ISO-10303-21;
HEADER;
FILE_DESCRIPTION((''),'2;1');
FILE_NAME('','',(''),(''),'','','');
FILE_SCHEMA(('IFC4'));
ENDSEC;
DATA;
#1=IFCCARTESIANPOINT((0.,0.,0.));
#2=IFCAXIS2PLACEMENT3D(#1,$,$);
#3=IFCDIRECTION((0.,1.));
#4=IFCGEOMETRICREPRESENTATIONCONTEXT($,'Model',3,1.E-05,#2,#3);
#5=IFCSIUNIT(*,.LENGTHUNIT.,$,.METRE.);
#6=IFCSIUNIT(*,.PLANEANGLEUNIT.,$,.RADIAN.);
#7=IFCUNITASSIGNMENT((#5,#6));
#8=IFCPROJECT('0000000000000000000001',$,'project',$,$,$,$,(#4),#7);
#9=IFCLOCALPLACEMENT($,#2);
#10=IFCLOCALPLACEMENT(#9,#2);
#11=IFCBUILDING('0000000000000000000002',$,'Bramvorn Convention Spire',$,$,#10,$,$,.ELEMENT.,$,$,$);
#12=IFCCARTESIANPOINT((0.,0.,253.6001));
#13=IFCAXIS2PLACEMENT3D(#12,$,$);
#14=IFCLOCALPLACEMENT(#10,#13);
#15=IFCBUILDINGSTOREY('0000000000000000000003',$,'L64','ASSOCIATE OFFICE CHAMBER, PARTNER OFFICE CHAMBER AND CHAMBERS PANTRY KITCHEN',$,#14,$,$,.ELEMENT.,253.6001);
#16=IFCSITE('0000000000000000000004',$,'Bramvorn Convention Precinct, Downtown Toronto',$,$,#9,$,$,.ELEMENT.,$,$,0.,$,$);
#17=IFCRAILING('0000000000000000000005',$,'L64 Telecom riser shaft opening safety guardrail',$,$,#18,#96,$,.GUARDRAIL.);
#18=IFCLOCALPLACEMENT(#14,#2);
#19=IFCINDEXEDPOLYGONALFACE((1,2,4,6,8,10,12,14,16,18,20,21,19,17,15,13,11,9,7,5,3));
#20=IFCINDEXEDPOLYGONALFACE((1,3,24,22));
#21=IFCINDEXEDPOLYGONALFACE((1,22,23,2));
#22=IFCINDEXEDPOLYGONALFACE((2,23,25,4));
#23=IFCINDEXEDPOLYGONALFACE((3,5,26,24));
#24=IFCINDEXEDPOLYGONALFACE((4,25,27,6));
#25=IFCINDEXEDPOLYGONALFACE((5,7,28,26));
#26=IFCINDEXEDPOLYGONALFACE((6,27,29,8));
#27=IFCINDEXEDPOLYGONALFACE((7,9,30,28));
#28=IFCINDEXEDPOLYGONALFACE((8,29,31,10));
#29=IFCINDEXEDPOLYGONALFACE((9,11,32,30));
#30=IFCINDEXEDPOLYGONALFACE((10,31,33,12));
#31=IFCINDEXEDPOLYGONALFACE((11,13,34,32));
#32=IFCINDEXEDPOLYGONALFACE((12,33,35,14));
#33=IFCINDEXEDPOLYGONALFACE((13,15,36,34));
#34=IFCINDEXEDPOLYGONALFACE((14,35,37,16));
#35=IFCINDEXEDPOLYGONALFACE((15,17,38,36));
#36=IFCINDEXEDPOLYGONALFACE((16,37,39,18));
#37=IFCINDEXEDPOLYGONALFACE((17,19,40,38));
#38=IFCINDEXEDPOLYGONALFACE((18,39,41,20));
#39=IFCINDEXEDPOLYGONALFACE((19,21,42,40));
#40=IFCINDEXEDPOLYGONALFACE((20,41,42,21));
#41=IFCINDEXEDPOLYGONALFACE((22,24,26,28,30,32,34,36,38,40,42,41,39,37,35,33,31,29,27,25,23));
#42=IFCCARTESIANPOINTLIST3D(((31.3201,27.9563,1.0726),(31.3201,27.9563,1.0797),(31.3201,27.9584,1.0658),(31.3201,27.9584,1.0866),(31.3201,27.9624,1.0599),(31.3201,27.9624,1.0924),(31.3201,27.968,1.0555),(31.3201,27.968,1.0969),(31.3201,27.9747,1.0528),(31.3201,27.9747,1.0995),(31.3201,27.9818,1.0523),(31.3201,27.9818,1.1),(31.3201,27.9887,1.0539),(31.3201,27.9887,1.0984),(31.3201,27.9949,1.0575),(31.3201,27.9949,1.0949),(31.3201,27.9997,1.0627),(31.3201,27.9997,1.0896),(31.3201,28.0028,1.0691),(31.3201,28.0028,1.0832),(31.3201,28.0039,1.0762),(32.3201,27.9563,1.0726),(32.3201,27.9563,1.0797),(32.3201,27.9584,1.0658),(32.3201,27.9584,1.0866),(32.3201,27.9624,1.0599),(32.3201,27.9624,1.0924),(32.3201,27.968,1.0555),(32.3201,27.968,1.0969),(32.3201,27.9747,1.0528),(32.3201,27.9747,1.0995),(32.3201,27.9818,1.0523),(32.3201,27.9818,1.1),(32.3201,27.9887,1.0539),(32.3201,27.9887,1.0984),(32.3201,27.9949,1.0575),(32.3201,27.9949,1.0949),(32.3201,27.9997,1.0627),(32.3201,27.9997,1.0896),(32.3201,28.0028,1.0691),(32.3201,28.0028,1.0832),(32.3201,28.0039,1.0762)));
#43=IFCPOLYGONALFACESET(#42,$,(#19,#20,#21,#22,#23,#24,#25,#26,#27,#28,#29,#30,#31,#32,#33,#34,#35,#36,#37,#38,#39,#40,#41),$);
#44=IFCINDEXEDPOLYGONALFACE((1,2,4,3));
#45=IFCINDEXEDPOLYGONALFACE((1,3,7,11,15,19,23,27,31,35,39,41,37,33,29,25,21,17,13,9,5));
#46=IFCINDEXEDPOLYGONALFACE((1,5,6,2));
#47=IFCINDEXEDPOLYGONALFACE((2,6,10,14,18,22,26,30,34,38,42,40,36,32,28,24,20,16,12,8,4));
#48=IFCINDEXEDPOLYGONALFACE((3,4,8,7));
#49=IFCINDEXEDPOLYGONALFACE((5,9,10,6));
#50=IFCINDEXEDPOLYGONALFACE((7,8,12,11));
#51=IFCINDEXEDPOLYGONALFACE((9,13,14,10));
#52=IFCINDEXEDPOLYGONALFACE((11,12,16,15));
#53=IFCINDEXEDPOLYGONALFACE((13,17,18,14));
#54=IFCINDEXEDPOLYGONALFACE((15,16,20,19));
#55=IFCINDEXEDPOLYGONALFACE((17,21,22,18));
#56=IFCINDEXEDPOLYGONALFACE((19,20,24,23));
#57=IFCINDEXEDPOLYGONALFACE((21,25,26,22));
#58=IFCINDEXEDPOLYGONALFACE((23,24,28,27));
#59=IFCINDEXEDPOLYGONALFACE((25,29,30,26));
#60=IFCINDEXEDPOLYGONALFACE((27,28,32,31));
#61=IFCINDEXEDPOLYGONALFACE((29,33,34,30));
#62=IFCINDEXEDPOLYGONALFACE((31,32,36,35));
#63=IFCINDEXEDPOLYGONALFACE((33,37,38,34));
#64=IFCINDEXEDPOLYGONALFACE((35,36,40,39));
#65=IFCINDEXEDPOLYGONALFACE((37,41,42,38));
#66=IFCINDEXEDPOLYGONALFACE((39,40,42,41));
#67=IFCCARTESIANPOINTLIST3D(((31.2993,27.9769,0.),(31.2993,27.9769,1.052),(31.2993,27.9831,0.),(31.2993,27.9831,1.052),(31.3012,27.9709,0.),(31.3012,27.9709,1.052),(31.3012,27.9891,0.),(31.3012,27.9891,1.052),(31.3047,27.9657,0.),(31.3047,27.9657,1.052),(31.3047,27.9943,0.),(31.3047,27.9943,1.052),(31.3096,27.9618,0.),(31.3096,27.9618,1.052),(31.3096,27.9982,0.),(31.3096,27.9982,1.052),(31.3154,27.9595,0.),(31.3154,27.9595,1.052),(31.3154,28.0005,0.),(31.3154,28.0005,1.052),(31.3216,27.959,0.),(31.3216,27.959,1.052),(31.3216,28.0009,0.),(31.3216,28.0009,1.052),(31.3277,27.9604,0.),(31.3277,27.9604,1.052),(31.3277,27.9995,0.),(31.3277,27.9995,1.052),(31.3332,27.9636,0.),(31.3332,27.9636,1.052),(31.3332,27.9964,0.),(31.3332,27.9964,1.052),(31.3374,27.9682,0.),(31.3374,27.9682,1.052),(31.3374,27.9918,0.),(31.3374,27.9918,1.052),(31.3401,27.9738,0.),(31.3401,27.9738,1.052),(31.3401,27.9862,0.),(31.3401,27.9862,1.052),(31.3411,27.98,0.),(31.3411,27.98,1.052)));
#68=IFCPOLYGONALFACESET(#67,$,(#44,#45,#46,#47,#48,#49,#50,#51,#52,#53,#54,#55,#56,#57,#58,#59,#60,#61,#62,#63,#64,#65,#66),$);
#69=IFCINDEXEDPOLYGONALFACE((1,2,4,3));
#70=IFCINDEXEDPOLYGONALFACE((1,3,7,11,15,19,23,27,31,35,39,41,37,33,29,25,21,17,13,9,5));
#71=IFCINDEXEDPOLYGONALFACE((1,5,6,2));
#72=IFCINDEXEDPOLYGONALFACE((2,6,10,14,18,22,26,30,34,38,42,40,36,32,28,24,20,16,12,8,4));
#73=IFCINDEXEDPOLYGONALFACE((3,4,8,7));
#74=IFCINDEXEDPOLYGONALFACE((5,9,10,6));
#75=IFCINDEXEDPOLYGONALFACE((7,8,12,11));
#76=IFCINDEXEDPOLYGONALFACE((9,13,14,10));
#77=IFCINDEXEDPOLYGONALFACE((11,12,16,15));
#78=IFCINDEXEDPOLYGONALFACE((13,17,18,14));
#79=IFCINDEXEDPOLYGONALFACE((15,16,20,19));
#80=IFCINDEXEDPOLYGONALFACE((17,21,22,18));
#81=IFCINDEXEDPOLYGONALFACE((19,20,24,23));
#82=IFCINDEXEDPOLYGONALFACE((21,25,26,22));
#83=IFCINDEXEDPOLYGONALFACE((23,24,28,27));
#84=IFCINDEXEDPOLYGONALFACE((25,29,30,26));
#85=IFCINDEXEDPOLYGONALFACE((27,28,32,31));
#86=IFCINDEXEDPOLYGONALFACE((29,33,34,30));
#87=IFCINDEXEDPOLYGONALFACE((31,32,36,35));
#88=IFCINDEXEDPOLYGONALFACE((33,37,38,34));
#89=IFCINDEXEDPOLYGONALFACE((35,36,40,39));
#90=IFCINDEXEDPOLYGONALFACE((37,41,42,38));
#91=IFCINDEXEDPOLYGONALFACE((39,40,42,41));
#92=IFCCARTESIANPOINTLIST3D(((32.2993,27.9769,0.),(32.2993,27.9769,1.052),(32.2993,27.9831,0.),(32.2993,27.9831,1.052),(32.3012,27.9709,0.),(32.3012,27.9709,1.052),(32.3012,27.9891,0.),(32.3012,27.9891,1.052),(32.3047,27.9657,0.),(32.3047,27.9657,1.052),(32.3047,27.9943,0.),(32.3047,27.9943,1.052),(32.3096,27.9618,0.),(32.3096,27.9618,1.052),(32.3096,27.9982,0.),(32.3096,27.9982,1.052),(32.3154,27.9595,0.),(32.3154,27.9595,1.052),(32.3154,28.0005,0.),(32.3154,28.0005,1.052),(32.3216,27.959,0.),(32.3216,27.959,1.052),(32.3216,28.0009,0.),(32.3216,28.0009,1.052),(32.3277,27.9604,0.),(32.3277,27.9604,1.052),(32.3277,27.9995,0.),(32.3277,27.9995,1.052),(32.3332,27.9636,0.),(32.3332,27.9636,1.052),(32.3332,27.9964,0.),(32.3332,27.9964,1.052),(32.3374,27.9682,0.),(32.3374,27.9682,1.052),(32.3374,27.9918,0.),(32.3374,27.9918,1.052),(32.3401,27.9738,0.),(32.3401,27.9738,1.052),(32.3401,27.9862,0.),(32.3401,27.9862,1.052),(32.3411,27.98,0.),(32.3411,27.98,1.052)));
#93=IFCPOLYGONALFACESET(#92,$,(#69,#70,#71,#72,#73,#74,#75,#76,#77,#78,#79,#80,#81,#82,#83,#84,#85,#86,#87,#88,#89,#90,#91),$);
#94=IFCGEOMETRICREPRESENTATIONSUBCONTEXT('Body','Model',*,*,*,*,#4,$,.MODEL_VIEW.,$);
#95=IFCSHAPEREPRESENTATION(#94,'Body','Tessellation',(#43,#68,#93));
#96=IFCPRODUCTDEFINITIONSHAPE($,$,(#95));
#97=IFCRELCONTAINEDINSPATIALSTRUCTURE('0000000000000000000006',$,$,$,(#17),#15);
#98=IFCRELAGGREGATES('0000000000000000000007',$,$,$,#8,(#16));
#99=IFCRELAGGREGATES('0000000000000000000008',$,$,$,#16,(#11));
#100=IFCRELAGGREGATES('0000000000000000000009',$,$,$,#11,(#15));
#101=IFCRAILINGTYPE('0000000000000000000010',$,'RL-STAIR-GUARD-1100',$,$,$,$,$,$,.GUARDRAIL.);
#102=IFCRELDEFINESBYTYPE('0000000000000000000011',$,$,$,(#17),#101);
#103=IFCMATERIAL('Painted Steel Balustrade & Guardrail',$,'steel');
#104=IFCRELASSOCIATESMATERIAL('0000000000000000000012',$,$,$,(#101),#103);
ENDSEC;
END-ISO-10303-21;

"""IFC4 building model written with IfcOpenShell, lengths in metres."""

from ifc_helpers import new_model, si_unit, direction, frame, origin, origin_2d, place, context, subcontext, project, spatial, circle, extrude, material, type_object, element, save


model = new_model("IFC4")

# Units and contexts
model_context = context("Model", 3, precision=1e-05, world=origin(), true_north=direction((0.0, 1.0)))
body_context = subcontext(model_context, "Body", "Model", "MODEL_VIEW")
ifc_project = project(units=[si_unit("LENGTHUNIT", "METRE"), si_unit("PLANEANGLEUNIT", "RADIAN")], contexts=[model_context])

# Site, building, storey
site_placement = place(None, origin())
site = spatial("IfcSite", under=ifc_project, at=site_placement, Name="Bramvorn Convention Precinct, Downtown Toronto", CompositionType="ELEMENT", RefElevation=0.0)
building_placement = place(site_placement, origin())
building = spatial("IfcBuilding", under=site, at=building_placement, Name="Bramvorn Convention Spire", CompositionType="ELEMENT")
storey_placement = place(building_placement, frame((0.0, 0.0, 253.6001)))
storey = spatial("IfcBuildingStorey", under=building, at=storey_placement, Name="L64", Description="ASSOCIATE OFFICE CHAMBER, PARTNER OFFICE CHAMBER AND CHAMBERS PANTRY KITCHEN", CompositionType="ELEMENT", Elevation=253.6001)

# Railing
ifc_material_1 = material(Name="Painted Steel Balustrade & Guardrail", Category="steel")
railing_type = type_object("IfcRailingType", Name="RL-STAIR-GUARD-1100", PredefinedType="GUARDRAIL", material=ifc_material_1)
railing_1_placement = place(storey_placement, frame((31.3201, 27.98, 0.0)))
element("IfcRailing", 1, at=railing_1_placement, inside=storey, type_object=railing_type, Name="L64 Telecom riser shaft opening safety guardrail", PredefinedType="GUARDRAIL", context=body_context, shape_type="SweptSolid", body=[
    extrude(circle(Radius=0.0239, at=origin_2d()), frame((0.0, 0.0, 1.0762), z_axis=(1.0, 0.0, 0.0), x_axis=(0.0, 1.0, 0.0)), (0.0, 0.0, 1.0), 1.0),
    extrude(circle(Radius=0.021, at=origin_2d()), origin(), (0.0, 0.0, 1.0), 1.052),
    extrude(circle(Radius=0.021, at=origin_2d()), frame((1.0, 0.0, 0.0)), (0.0, 0.0, 1.0), 1.052),
])

save(model, "model.ifc")
